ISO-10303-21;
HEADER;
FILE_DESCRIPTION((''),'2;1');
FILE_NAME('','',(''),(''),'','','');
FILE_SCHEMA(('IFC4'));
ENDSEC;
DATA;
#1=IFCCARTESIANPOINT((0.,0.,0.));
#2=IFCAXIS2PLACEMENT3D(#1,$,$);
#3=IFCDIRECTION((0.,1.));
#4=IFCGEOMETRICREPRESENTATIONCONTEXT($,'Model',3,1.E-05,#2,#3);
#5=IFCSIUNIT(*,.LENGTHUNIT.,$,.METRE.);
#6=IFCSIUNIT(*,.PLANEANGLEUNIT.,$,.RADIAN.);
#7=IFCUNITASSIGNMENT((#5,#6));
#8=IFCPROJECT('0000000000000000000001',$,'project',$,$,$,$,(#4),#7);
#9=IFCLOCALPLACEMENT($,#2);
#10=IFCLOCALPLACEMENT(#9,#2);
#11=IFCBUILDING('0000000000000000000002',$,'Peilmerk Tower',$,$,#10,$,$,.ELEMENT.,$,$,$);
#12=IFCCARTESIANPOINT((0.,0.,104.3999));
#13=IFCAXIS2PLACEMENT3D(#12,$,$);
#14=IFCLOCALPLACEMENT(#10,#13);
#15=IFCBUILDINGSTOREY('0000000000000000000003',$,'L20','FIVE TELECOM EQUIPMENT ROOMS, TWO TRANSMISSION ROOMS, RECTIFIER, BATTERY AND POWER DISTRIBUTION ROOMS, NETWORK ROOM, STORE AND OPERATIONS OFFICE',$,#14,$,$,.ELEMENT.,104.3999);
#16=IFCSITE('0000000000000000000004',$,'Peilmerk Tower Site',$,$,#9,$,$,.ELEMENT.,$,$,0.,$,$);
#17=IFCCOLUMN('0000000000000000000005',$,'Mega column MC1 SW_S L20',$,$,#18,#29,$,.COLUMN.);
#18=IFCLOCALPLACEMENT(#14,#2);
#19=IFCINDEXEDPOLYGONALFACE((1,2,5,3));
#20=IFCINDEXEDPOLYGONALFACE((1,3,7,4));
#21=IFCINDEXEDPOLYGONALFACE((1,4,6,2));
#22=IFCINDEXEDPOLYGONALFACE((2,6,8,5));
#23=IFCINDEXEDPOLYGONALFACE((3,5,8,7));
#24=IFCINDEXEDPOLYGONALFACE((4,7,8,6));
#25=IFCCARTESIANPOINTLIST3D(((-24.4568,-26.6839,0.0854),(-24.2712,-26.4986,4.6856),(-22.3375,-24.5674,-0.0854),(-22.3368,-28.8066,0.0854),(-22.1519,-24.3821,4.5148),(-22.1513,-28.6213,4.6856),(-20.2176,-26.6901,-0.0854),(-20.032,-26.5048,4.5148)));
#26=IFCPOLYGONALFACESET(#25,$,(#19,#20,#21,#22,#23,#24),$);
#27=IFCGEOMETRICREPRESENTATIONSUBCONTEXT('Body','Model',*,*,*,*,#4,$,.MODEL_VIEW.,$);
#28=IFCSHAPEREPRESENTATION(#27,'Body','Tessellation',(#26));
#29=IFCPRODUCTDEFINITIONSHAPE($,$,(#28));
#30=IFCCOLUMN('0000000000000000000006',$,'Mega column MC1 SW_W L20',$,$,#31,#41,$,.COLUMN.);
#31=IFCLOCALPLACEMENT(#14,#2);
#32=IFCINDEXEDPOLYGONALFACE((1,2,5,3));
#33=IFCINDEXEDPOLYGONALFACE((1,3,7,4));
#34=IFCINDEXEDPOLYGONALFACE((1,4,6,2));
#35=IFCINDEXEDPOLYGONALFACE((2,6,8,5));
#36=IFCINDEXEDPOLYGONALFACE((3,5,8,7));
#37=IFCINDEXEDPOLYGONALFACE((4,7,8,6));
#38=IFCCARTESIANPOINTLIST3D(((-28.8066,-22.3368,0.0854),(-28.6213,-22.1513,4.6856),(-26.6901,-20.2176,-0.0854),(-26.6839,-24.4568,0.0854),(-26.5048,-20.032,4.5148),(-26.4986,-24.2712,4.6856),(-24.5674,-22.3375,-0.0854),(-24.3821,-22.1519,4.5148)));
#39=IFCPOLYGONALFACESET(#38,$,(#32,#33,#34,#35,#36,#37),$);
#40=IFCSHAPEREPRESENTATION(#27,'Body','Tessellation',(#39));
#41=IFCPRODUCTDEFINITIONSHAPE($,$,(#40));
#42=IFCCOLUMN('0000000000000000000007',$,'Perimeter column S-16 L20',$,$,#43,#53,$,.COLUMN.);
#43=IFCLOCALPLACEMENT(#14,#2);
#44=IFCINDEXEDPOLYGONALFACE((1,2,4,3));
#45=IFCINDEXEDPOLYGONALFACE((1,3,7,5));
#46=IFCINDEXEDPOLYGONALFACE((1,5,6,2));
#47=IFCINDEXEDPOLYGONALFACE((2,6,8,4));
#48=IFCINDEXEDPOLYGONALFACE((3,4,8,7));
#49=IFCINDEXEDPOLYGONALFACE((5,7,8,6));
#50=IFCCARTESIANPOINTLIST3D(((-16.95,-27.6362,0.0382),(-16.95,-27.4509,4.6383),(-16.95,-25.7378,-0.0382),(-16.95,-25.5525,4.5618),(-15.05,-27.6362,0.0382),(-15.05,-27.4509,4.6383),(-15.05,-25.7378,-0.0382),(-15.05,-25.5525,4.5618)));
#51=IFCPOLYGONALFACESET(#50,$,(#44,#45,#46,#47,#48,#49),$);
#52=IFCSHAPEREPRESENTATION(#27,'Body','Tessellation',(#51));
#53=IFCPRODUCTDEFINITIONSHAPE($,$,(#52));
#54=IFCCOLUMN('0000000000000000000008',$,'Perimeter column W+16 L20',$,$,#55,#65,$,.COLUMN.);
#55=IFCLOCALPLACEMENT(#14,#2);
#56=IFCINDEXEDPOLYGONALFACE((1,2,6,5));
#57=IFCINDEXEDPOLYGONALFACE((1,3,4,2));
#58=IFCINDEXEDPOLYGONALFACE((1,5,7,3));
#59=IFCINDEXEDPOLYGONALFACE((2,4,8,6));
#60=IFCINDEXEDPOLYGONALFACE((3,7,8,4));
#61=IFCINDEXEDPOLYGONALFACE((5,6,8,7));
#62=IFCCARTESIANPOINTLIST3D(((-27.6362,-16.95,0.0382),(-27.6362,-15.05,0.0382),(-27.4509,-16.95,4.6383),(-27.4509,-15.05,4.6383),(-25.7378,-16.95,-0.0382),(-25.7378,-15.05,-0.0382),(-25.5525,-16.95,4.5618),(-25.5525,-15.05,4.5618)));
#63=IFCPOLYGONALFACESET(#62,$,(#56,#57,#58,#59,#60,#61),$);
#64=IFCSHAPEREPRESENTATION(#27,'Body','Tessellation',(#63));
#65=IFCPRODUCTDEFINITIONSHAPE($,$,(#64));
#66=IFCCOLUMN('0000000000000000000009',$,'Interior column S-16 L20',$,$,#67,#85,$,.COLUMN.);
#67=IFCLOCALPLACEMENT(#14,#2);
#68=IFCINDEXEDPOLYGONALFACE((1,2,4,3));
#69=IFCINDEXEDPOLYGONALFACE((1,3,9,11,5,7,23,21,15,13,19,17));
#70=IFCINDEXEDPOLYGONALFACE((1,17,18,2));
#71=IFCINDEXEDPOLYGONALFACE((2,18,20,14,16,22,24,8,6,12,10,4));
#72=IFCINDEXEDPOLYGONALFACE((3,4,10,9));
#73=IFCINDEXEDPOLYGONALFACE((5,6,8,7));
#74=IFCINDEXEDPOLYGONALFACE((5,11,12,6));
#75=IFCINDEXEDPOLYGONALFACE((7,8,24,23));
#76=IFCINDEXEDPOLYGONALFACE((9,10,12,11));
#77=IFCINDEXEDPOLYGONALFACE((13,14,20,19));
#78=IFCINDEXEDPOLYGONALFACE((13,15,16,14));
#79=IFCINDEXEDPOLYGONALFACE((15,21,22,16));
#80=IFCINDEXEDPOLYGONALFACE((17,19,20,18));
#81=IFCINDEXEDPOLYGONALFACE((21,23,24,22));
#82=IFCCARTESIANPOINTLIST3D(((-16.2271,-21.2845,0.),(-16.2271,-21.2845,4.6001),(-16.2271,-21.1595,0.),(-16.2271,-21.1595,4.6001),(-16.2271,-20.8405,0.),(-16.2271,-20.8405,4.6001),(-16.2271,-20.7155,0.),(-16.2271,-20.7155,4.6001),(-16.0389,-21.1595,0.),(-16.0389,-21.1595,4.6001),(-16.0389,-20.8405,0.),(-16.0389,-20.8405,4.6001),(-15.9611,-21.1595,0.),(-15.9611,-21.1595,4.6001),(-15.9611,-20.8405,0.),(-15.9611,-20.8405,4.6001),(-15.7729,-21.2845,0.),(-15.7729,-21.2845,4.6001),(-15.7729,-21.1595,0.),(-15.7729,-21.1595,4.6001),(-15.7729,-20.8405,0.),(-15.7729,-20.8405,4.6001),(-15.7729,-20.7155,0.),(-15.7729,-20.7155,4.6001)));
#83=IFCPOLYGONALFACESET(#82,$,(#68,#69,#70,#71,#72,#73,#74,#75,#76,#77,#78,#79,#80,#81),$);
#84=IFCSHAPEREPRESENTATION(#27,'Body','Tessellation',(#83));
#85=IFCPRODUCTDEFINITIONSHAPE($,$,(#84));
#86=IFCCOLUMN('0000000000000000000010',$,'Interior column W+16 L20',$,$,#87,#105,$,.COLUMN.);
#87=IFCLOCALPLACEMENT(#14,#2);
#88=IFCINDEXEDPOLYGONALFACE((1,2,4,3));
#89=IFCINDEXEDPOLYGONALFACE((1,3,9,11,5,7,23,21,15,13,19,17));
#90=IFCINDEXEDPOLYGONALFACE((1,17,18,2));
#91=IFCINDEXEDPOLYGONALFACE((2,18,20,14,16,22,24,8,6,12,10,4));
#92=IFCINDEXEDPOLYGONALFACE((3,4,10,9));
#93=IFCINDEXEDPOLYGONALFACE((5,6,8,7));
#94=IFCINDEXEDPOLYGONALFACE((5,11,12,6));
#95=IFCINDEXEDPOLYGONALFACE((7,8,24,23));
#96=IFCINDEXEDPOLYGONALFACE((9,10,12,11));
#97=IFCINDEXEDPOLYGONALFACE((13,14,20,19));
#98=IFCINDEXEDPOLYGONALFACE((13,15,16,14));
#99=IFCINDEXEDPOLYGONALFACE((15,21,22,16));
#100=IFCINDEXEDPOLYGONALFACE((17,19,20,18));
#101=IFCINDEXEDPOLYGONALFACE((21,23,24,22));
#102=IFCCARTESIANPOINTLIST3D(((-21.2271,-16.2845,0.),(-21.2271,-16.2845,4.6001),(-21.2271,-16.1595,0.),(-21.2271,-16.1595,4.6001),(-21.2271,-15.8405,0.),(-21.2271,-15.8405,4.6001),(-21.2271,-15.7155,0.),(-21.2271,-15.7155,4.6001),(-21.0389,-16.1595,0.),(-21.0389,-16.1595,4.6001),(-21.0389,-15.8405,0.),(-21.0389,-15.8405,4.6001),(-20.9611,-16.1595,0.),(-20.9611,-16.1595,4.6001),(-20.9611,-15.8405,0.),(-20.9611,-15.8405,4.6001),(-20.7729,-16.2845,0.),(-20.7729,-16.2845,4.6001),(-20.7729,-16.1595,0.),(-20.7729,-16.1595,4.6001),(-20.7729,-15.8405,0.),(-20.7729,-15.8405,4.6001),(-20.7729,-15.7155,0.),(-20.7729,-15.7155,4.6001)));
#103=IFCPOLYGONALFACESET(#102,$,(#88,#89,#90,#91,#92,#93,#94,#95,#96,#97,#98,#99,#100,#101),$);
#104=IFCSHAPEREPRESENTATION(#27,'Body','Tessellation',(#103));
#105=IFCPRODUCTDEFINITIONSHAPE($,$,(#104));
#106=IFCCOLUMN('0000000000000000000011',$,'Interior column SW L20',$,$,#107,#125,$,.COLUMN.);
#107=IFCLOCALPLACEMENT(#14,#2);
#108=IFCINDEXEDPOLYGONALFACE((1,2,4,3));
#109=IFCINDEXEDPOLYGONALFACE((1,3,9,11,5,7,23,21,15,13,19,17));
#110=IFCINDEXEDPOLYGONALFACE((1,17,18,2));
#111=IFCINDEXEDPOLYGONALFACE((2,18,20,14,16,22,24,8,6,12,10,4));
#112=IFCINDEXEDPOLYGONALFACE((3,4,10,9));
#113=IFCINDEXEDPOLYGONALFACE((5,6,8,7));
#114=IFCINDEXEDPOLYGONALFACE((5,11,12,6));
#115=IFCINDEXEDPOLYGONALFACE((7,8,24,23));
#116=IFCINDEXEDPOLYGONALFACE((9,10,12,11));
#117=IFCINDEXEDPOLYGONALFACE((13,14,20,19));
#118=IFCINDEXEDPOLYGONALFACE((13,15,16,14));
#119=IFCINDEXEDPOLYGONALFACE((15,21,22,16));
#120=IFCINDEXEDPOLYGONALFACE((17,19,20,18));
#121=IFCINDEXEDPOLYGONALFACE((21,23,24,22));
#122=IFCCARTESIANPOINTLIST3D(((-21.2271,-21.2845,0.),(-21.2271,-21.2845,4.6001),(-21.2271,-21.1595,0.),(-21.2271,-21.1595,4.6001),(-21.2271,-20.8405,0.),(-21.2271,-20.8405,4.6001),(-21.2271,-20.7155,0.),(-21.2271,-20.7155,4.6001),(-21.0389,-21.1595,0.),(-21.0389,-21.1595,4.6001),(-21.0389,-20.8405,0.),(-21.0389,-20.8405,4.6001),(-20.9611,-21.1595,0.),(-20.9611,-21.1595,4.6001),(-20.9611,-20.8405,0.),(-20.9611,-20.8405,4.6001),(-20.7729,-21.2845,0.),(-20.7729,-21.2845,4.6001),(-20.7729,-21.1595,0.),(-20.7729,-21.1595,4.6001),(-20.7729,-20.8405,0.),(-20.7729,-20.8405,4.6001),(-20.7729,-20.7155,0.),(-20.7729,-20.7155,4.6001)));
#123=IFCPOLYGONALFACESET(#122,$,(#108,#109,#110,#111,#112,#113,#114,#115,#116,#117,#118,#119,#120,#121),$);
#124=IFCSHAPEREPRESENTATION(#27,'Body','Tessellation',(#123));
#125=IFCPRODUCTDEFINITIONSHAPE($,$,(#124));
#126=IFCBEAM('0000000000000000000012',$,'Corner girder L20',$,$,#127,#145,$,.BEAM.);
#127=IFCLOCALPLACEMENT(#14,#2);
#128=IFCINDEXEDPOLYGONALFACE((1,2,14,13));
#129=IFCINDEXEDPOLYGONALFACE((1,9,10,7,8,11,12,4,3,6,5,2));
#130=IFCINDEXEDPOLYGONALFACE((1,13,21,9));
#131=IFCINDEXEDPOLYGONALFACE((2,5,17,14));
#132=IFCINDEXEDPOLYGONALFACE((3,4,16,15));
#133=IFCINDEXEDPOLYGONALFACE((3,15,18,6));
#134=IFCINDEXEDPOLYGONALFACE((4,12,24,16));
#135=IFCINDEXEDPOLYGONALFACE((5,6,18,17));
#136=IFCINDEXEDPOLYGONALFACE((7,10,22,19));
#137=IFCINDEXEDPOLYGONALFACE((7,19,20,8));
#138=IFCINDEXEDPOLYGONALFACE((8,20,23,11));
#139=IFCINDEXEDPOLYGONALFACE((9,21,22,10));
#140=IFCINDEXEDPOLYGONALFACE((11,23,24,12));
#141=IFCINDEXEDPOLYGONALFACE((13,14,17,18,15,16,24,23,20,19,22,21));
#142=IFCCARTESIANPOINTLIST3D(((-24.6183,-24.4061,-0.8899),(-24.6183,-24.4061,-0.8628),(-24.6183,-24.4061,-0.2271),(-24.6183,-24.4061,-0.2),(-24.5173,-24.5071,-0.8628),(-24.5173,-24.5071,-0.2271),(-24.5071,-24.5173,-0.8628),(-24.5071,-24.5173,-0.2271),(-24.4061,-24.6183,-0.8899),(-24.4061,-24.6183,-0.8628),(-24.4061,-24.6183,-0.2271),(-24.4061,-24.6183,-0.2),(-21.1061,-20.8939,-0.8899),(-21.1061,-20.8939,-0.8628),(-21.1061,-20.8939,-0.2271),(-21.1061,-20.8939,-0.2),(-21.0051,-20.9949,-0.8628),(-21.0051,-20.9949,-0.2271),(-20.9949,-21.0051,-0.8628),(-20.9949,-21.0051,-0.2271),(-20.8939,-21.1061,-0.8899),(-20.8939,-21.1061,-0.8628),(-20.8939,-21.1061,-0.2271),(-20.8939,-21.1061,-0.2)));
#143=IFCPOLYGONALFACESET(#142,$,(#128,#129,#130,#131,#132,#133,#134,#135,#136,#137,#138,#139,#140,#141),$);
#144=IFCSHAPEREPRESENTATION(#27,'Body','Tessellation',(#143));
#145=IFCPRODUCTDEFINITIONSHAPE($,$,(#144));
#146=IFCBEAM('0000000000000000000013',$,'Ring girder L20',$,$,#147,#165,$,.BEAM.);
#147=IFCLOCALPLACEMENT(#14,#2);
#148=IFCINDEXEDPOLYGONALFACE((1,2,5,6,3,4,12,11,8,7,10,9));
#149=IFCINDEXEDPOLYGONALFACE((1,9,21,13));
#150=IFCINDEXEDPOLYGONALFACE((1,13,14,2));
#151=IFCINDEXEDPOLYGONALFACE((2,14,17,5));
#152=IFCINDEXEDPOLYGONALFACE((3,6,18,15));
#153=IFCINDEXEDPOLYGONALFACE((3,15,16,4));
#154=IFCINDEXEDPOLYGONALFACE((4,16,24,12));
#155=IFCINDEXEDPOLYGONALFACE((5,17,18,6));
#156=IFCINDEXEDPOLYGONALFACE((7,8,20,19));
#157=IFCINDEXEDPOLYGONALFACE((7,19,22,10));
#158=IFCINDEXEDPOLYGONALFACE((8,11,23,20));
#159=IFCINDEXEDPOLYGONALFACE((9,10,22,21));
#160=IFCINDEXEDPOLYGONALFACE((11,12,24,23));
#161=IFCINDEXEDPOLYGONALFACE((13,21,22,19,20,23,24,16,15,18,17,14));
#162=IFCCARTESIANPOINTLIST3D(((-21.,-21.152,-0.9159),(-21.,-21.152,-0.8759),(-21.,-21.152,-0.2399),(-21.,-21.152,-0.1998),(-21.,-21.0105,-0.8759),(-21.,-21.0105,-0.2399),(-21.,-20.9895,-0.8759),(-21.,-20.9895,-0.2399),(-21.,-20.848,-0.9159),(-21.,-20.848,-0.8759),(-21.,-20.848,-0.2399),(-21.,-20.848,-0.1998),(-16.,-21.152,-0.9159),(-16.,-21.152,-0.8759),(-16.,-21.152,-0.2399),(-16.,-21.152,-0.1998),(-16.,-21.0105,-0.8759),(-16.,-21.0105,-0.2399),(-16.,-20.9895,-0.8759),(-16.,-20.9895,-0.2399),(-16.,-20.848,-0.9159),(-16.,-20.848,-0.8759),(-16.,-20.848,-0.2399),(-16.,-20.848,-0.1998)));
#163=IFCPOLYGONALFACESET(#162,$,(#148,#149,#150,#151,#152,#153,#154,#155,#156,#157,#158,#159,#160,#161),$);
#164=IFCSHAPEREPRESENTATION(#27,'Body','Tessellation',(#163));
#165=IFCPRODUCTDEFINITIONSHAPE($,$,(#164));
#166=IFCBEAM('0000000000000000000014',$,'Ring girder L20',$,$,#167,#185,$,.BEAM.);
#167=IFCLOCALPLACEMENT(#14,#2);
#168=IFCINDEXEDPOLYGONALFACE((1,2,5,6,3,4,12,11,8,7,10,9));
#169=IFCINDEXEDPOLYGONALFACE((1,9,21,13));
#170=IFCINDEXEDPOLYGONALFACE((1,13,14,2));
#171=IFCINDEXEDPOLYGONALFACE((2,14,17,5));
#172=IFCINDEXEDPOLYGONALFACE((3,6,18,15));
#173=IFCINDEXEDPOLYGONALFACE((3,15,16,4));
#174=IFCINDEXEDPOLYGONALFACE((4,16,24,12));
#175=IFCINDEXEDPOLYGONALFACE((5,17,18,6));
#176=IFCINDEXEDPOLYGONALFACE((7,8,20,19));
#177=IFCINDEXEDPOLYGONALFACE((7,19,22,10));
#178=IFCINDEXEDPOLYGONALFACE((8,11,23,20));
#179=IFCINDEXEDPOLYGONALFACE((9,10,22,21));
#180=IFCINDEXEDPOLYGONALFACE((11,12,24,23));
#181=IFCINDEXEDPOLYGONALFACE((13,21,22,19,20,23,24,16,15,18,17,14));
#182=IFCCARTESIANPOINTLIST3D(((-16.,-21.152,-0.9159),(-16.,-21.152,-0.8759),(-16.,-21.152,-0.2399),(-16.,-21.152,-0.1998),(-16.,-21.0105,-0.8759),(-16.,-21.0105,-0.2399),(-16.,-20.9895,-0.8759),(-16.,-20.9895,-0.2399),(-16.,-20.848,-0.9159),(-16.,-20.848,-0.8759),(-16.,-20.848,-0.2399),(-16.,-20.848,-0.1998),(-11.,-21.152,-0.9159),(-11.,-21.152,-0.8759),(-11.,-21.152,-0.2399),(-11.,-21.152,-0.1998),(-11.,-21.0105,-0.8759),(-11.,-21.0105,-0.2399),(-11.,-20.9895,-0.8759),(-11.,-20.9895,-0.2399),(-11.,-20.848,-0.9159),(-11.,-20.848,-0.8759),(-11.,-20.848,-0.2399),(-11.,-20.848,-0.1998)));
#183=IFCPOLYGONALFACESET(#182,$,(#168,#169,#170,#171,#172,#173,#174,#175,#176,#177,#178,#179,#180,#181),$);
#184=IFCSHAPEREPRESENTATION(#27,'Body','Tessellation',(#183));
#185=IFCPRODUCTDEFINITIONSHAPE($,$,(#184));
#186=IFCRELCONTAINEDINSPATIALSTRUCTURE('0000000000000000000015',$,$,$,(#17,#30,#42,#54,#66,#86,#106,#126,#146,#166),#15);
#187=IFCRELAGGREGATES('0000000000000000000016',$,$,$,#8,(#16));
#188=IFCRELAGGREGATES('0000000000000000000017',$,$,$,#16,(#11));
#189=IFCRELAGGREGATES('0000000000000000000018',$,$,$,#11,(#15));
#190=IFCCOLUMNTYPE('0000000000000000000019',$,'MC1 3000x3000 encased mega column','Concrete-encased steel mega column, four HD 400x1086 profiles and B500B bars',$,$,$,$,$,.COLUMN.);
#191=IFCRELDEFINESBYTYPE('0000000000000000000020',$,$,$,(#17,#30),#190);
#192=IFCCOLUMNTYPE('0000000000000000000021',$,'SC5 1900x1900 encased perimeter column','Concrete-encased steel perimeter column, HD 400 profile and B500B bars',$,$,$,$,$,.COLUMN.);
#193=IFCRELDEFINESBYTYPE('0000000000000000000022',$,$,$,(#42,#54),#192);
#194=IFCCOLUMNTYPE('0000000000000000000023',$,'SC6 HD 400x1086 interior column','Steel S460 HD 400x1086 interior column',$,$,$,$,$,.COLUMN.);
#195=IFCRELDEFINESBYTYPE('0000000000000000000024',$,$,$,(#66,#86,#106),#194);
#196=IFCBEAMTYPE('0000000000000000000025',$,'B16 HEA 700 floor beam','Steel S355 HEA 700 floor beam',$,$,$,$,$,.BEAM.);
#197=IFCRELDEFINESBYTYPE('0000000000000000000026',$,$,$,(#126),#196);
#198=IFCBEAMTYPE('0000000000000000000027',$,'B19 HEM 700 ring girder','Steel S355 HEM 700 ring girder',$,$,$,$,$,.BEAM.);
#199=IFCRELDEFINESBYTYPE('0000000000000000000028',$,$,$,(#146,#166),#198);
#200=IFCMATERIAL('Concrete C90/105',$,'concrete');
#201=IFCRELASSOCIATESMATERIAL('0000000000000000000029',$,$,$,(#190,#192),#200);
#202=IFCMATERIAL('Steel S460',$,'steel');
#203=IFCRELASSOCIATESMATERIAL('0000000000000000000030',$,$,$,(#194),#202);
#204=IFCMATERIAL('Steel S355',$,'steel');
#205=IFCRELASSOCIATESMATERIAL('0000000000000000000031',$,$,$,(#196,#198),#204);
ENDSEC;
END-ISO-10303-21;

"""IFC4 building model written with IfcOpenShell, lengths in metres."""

from ifc_helpers import new_model, si_unit, direction, frame, origin, origin_2d, place, context, subcontext, project, spatial, rectangle, i_section, extrude, material, material_profile, profile_set, type_object, element, save


model = new_model("IFC4")

# Units and contexts
model_context = context("Model", 3, precision=1e-05, world=origin(), true_north=direction((0.0, 1.0)))
body_context = subcontext(model_context, "Body", "Model", "MODEL_VIEW")
ifc_project = project(units=[si_unit("LENGTHUNIT", "METRE"), si_unit("PLANEANGLEUNIT", "RADIAN")], contexts=[model_context])

# Site, building, storey
site_placement = place(None, origin())
site = spatial("IfcSite", under=ifc_project, at=site_placement, Name="Peilmerk Tower Site", CompositionType="ELEMENT", RefElevation=0.0)
building_placement = place(site_placement, origin())
building = spatial("IfcBuilding", under=site, at=building_placement, Name="Peilmerk Tower", CompositionType="ELEMENT")
storey_placement = place(building_placement, frame((0.0, 0.0, 104.3999)))
storey = spatial("IfcBuildingStorey", under=building, at=storey_placement, Name="L20", Description="FIVE TELECOM EQUIPMENT ROOMS, TWO TRANSMISSION ROOMS, RECTIFIER, BATTERY AND POWER DISTRIBUTION ROOMS, NETWORK ROOM, STORE AND OPERATIONS OFFICE", CompositionType="ELEMENT", Elevation=104.3999)

# Columns
ifc_material_1 = material(Name="Concrete C90/105", Category="concrete")
ifc_material_profile_1 = material_profile(ifc_material_1, rectangle(XDim=3.0, YDim=3.0, at=origin_2d()), Name="RC 3000x3000")
ifc_profile_set_1 = profile_set([ifc_material_profile_1], Name="Concrete C90/105")
column_type_1 = type_object("IfcColumnType", Name="MC1 3000x3000 encased mega column", Description="Concrete-encased steel mega column, four HD 400x1086 profiles and B500B bars", PredefinedType="COLUMN", material=ifc_profile_set_1)
for number, where, z_axis, x_axis, name in (
    (1, (-22.3372, -26.687, 0.0), (0.04027, 0.040217, 0.998379), (-0.706641, 0.707572, 0.0), "Mega column MC1 SW_S L20"),
    (2, (-26.687, -22.3372, 0.0), (0.040217, 0.04027, 0.998379), (-0.707572, 0.706641, 0.0), "Mega column MC1 SW_W L20"),
):
    element("IfcColumn", number, at=place(storey_placement, frame(where, z_axis=z_axis, x_axis=x_axis)), inside=storey, type_object=column_type_1, Name=name, PredefinedType="COLUMN", context=body_context, shape_type="SweptSolid", body=[
        extrude(rectangle(XDim=3.0, YDim=3.0, at=origin_2d()), origin(), (0.0, 0.0, 1.0), 4.6077),
    ])
ifc_material_profile_2 = material_profile(ifc_material_1, rectangle(XDim=1.8999, YDim=1.8999, at=origin_2d()), Name="RC 1900x1900")
ifc_profile_set_2 = profile_set([ifc_material_profile_2], Name="Concrete C90/105")
column_type_2 = type_object("IfcColumnType", Name="SC5 1900x1900 encased perimeter column", Description="Concrete-encased steel perimeter column, HD 400 profile and B500B bars", PredefinedType="COLUMN", material=ifc_profile_set_2)
for number, where, z_axis, x_axis, name in (
    (3, (-16.0, -26.687, 0.0), (0.0, 0.04025, 0.99919), (-1.0, 0.0, 0.0), "Perimeter column S-16 L20"),
    (4, (-26.687, -16.0, 0.0), (0.04025, 0.0, 0.99919), (0.0, 1.0, 0.0), "Perimeter column W+16 L20"),
):
    element("IfcColumn", number, at=place(storey_placement, frame(where, z_axis=z_axis, x_axis=x_axis)), inside=storey, type_object=column_type_2, Name=name, PredefinedType="COLUMN", context=body_context, shape_type="SweptSolid", body=[
        extrude(rectangle(XDim=1.8999, YDim=1.8999, at=origin_2d()), origin(), (0.0, 0.0, 1.0), 4.6038),
    ])
ifc_material_2 = material(Name="Steel S460", Category="steel")
ifc_material_profile_3 = material_profile(ifc_material_2, i_section(OverallWidth=0.4541, OverallDepth=0.5691, WebThickness=0.0779, FlangeThickness=0.125, at=origin_2d()), Name="HD 400x1086")
ifc_profile_set_3 = profile_set([ifc_material_profile_3], Name="Steel S460")
column_type_3 = type_object("IfcColumnType", Name="SC6 HD 400x1086 interior column", Description="Steel S460 HD 400x1086 interior column", PredefinedType="COLUMN", material=ifc_profile_set_3)
for number, where, z_axis, x_axis, name in (
    (5, (-16.0, -21.0, 0.0), (0.0, 0.0, 1.0), (1.0, 0.0, 0.0), "Interior column S-16 L20"),
    (6, (-21.0, -16.0, 0.0), (0.0, 0.0, 1.0), (1.0, 0.0, 0.0), "Interior column W+16 L20"),
    (7, (-21.0, -21.0, 0.0), (0.0, 0.0, 1.0), (1.0, 0.0, 0.0), "Interior column SW L20"),
):
    element("IfcColumn", number, at=place(storey_placement, frame(where, z_axis=z_axis, x_axis=x_axis)), inside=storey, type_object=column_type_3, Name=name, PredefinedType="COLUMN", context=body_context, shape_type="SweptSolid", body=[
        extrude(i_section(OverallWidth=0.4541, OverallDepth=0.5691, WebThickness=0.0779, FlangeThickness=0.125, at=origin_2d()), origin(), (0.0, 0.0, 1.0), 4.6001),
    ])

# Beams
ifc_material_3 = material(Name="Steel S355", Category="steel")
ifc_material_profile_4 = material_profile(ifc_material_3, i_section(OverallWidth=0.3, OverallDepth=0.6899, WebThickness=0.0144, FlangeThickness=0.0271, at=origin_2d()), Name="HEA 700")
ifc_profile_set_4 = profile_set([ifc_material_profile_4], Name="Steel S355")
beam_type_1 = type_object("IfcBeamType", Name="B16 HEA 700 floor beam", Description="Steel S355 HEA 700 floor beam", PredefinedType="BEAM", material=ifc_profile_set_4)
beam_1_placement = place(storey_placement, frame((-21.0, -21.0, -0.5449), z_axis=(-0.707107, -0.707107, 0.0), x_axis=(0.707107, -0.707107, 0.0)))
element("IfcBeam", 8, at=beam_1_placement, inside=storey, type_object=beam_type_1, Name="Corner girder L20", PredefinedType="BEAM", context=body_context, shape_type="SweptSolid", body=[
    extrude(i_section(OverallWidth=0.3, OverallDepth=0.6899, WebThickness=0.0144, FlangeThickness=0.0271, at=origin_2d()), origin(), (0.0, 0.0, 1.0), 4.967),
])
ifc_material_profile_5 = material_profile(ifc_material_3, i_section(OverallWidth=0.304, OverallDepth=0.7161, WebThickness=0.021, FlangeThickness=0.04, at=origin_2d()), Name="HEM 700")
ifc_profile_set_5 = profile_set([ifc_material_profile_5], Name="Steel S355")
beam_type_2 = type_object("IfcBeamType", Name="B19 HEM 700 ring girder", Description="Steel S355 HEM 700 ring girder", PredefinedType="BEAM", material=ifc_profile_set_5)
for number, where, z_axis, x_axis, name in (
    (9, (-21.0, -21.0, -0.5579), (1.0, 0.0, 0.0), (0.0, 1.0, 0.0), "Ring girder L20"),
    (10, (-16.0, -21.0, -0.5579), (1.0, 0.0, 0.0), (0.0, 1.0, 0.0), "Ring girder L20"),
):
    element("IfcBeam", number, at=place(storey_placement, frame(where, z_axis=z_axis, x_axis=x_axis)), inside=storey, type_object=beam_type_2, Name=name, PredefinedType="BEAM", context=body_context, shape_type="SweptSolid", body=[
        extrude(i_section(OverallWidth=0.304, OverallDepth=0.7161, WebThickness=0.021, FlangeThickness=0.04, at=origin_2d()), origin(), (0.0, 0.0, 1.0), 5.0),
    ])

save(model, "model.ifc")
